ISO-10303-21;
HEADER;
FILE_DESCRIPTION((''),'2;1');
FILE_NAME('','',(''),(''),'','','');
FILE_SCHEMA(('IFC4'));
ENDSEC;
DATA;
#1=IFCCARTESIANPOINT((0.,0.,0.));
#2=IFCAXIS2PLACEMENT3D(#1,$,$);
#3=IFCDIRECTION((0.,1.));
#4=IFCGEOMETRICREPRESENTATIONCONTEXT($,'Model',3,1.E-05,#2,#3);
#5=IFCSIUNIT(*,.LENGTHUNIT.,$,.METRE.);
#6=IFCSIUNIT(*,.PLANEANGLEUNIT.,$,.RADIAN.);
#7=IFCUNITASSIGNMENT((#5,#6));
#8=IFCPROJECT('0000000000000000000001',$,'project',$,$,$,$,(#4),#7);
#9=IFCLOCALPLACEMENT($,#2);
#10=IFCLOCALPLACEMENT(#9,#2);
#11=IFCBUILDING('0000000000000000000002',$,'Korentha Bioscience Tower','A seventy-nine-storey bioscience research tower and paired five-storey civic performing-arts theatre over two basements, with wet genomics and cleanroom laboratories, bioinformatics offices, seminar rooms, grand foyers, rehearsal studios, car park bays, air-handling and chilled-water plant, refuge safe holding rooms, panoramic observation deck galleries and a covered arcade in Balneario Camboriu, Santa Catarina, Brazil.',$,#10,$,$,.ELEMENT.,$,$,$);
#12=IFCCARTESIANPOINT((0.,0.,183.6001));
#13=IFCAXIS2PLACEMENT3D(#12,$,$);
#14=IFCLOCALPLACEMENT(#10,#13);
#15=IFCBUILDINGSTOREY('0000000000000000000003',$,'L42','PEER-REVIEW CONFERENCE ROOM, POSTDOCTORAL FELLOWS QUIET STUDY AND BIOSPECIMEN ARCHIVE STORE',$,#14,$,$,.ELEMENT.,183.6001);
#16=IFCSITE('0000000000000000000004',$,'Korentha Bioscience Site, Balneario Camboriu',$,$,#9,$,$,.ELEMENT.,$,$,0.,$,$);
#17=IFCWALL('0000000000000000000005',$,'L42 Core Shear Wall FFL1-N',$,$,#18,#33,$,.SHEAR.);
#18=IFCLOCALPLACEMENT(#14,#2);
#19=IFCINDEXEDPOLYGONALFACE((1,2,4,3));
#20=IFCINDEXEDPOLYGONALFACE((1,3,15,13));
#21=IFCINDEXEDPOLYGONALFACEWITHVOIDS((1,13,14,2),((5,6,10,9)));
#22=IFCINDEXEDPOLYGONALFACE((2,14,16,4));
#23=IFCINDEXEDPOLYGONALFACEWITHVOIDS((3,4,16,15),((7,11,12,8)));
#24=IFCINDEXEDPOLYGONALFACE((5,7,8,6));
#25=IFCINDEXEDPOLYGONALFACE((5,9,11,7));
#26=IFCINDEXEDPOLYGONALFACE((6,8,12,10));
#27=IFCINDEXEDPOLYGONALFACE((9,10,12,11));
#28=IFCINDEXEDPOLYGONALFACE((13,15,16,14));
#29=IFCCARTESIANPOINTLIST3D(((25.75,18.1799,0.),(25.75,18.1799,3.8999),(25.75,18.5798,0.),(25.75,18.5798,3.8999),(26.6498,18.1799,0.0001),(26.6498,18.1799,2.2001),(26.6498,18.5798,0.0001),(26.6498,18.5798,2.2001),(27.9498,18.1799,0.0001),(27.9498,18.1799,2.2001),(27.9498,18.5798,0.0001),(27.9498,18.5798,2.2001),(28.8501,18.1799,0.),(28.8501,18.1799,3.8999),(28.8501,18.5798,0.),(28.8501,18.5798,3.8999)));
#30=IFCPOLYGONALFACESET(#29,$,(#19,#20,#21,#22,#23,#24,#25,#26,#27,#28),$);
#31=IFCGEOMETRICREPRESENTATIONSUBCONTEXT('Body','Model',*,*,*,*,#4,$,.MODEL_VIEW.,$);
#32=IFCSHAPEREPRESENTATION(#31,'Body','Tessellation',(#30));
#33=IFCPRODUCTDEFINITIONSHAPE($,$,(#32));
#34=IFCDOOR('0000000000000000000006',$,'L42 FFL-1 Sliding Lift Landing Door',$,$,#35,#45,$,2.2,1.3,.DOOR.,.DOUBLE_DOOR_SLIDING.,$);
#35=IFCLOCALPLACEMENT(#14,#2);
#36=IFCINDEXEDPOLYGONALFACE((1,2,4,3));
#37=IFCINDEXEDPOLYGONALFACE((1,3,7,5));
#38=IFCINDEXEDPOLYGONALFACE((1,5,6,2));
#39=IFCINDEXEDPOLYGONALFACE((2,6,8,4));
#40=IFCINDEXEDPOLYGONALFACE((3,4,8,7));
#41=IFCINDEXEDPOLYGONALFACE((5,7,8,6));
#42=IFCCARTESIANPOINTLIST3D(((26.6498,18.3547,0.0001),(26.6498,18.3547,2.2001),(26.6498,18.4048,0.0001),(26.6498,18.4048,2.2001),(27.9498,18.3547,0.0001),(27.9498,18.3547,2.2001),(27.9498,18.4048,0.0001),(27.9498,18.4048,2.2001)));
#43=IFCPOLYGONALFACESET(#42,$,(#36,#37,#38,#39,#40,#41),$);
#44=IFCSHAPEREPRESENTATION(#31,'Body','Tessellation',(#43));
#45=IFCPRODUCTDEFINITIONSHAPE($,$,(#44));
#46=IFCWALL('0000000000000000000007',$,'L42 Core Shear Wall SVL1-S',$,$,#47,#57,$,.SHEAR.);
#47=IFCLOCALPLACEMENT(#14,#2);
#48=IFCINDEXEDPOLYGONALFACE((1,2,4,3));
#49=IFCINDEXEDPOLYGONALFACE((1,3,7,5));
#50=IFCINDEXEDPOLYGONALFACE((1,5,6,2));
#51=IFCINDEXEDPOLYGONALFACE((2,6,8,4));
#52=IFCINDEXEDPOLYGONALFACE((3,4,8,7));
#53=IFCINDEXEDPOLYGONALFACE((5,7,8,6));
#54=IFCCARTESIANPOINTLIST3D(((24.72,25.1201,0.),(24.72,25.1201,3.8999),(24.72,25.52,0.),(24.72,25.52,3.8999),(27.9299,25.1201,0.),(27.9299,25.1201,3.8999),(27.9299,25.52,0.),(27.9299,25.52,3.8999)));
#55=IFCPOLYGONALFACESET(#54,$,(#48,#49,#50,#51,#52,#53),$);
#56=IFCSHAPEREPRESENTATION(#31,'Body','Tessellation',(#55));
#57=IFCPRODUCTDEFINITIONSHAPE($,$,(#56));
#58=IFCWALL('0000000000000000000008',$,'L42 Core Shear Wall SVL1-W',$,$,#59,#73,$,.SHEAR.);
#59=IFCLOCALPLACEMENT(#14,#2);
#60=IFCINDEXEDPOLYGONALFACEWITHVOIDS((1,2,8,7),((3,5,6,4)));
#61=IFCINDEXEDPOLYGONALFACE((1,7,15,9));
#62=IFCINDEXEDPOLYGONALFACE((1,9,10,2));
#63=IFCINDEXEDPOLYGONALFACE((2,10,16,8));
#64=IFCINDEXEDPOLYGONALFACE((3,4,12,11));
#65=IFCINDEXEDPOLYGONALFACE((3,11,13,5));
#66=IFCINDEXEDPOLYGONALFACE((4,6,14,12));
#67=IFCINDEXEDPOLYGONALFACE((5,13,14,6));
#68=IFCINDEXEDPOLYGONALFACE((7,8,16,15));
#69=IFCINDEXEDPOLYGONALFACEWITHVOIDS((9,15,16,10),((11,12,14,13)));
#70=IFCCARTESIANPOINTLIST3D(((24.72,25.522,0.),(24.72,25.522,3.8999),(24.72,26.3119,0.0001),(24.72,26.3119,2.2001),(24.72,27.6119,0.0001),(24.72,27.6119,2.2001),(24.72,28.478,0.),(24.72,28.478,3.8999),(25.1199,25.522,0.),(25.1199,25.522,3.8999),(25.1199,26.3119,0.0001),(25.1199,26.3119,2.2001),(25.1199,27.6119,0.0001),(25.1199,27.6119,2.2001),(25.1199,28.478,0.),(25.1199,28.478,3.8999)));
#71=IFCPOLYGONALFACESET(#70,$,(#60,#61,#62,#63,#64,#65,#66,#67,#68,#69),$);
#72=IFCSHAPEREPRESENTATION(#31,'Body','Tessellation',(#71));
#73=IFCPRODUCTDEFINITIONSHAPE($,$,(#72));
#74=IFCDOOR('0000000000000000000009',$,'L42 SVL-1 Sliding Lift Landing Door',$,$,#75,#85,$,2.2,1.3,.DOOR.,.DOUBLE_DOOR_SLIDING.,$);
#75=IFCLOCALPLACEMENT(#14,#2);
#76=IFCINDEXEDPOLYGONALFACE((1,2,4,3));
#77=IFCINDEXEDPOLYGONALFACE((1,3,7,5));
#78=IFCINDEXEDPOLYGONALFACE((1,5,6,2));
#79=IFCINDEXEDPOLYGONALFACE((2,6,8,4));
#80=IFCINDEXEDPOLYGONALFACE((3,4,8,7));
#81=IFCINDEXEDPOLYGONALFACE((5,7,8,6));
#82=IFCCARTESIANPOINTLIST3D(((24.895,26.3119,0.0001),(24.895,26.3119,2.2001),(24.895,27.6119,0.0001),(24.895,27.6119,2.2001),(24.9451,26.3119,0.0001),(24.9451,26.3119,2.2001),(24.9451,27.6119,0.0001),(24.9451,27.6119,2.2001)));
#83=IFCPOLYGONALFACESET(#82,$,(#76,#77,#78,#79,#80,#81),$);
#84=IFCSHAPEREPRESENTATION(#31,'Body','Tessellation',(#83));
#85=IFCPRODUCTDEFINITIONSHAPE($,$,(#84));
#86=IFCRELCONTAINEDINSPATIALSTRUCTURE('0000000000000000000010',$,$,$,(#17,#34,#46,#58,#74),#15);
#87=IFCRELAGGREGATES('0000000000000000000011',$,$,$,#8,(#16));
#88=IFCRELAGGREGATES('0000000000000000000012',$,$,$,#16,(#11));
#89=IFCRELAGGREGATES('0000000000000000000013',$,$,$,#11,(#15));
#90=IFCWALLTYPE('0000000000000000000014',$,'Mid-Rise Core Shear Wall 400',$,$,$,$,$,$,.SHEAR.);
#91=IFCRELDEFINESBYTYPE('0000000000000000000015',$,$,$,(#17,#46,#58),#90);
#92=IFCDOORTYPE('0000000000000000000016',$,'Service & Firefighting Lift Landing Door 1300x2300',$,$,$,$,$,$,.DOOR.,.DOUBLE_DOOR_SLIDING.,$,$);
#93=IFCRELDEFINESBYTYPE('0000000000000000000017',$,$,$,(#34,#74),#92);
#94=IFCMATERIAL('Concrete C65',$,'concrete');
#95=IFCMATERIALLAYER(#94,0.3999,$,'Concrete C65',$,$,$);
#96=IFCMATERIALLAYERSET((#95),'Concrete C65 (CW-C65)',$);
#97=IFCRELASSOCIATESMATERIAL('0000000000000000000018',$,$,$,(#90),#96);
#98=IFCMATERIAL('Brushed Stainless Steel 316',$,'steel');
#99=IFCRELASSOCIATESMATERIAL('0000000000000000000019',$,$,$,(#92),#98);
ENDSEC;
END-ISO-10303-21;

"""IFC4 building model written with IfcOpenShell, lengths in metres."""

from ifc_helpers import new_model, si_unit, direction, frame, frame_2d, origin, place, context, subcontext, project, spatial, rectangle, extrude, material, layer, layer_set, type_object, element, fill, save


model = new_model("IFC4")

# Units and contexts
model_context = context("Model", 3, precision=1e-05, world=origin(), true_north=direction((0.0, 1.0)))
body_context = subcontext(model_context, "Body", "Model", "MODEL_VIEW")
ifc_project = project(units=[si_unit("LENGTHUNIT", "METRE"), si_unit("PLANEANGLEUNIT", "RADIAN")], contexts=[model_context])

# Site, building, storey
site_placement = place(None, origin())
site = spatial("IfcSite", under=ifc_project, at=site_placement, Name="Korentha Bioscience Site, Balneario Camboriu", CompositionType="ELEMENT", RefElevation=0.0)
building_placement = place(site_placement, origin())
building = spatial("IfcBuilding", under=site, at=building_placement, Name="Korentha Bioscience Tower", Description="A seventy-nine-storey bioscience research tower and paired five-storey civic performing-arts theatre over two basements, with wet genomics and cleanroom laboratories, bioinformatics offices, seminar rooms, grand foyers, rehearsal studios, car park bays, air-handling and chilled-water plant, refuge safe holding rooms, panoramic observation deck galleries and a covered arcade in Balneario Camboriu, Santa Catarina, Brazil.", CompositionType="ELEMENT")
storey_placement = place(building_placement, frame((0.0, 0.0, 183.6001)))
storey = spatial("IfcBuildingStorey", under=building, at=storey_placement, Name="L42", Description="PEER-REVIEW CONFERENCE ROOM, POSTDOCTORAL FELLOWS QUIET STUDY AND BIOSPECIMEN ARCHIVE STORE", CompositionType="ELEMENT", Elevation=183.6001)

# Shared definitions
ifc_material_1 = material(Name="Concrete C65", Category="concrete")

# Shared definitions
ifc_layer_1 = layer(ifc_material_1, 0.3999, Name="Concrete C65")
ifc_layer_set_1 = layer_set([ifc_layer_1], Name="Concrete C65 (CW-C65)")
wall_type_1 = type_object("IfcWallType", Name="Mid-Rise Core Shear Wall 400", PredefinedType="SHEAR", material=ifc_layer_set_1)

# Wall, opening, door
wall_1_placement = place(storey_placement, frame((25.75, 18.3799, 0.0), z_axis=(0.0, 0.0, 1.0), x_axis=(1.0, 0.0, 0.0)))
wall_1 = element("IfcWall", 1, at=wall_1_placement, inside=storey, type_object=wall_type_1, Name="L42 Core Shear Wall FFL1-N", PredefinedType="SHEAR", context=body_context, shape_type="SweptSolid", body=[
    extrude(rectangle(XDim=3.1001, YDim=0.3999, at=frame_2d((1.55, 0.0))), origin(), (0.0, 0.0, 1.0), 3.8999),
])
opening_1_placement = place(wall_1_placement, frame((0.8999, 0.0, 0.0)))
opening_1 = element("IfcOpeningElement", 2, at=opening_1_placement, cuts=wall_1, PredefinedType="OPENING", context=body_context, shape_type="SweptSolid", body=[
    extrude(rectangle(XDim=1.3, YDim=2.2, at=frame_2d((0.6499, 1.1001))), frame((0.0, 0.2148, 0.0), z_axis=(0.0, -1.0, 0.0), x_axis=(1.0, 0.0, 0.0)), (0.0, 0.0, 1.0), 0.4297),
])
ifc_material_2 = material(Name="Brushed Stainless Steel 316", Category="steel")
door_type_1 = type_object("IfcDoorType", Name="Service & Firefighting Lift Landing Door 1300x2300", OperationType="DOUBLE_DOOR_SLIDING", PredefinedType="DOOR", material=ifc_material_2)
door_1_placement = place(opening_1_placement, origin())
door_1 = element("IfcDoor", 3, at=door_1_placement, inside=storey, type_object=door_type_1, Name="L42 FFL-1 Sliding Lift Landing Door", OperationType="DOUBLE_DOOR_SLIDING", OverallHeight=2.2, OverallWidth=1.3, PredefinedType="DOOR", context=body_context, shape_type="SweptSolid", body=[
    extrude(rectangle(XDim=1.3, YDim=2.2, at=frame_2d((0.6499, 1.1001))), frame((0.0, 0.0249, 0.0), z_axis=(0.0, -1.0, 0.0), x_axis=(1.0, 0.0, 0.0)), (0.0, 0.0, 1.0), 0.05),
])
fill(opening_1, door_1)

# Wall
wall_2_placement = place(storey_placement, frame((24.72, 25.3201, 0.0), z_axis=(0.0, 0.0, 1.0), x_axis=(1.0, 0.0, 0.0)))
element("IfcWall", 4, at=wall_2_placement, inside=storey, type_object=wall_type_1, Name="L42 Core Shear Wall SVL1-S", PredefinedType="SHEAR", context=body_context, shape_type="SweptSolid", body=[
    extrude(rectangle(XDim=3.21, YDim=0.3999, at=frame_2d((1.605, 0.0))), origin(), (0.0, 0.0, 1.0), 3.8999),
])

# Wall, opening, door
wall_3_placement = place(storey_placement, frame((24.9199, 25.522, 0.0), z_axis=(0.0, 0.0, 1.0), x_axis=(0.0, 1.0, 0.0)))
wall_3 = element("IfcWall", 5, at=wall_3_placement, inside=storey, type_object=wall_type_1, Name="L42 Core Shear Wall SVL1-W", PredefinedType="SHEAR", context=body_context, shape_type="SweptSolid", body=[
    extrude(rectangle(XDim=2.9561, YDim=0.3999, at=frame_2d((1.478, 0.0))), origin(), (0.0, 0.0, 1.0), 3.8999),
])
opening_2_placement = place(wall_3_placement, frame((0.79, 0.0, 0.0)))
opening_2 = element("IfcOpeningElement", 6, at=opening_2_placement, cuts=wall_3, PredefinedType="OPENING", context=body_context, shape_type="SweptSolid", body=[
    extrude(rectangle(XDim=1.3, YDim=2.2, at=frame_2d((0.6499, 1.1001))), frame((0.0, 0.2148, 0.0), z_axis=(0.0, -1.0, 0.0), x_axis=(1.0, 0.0, 0.0)), (0.0, 0.0, 1.0), 0.4297),
])
door_2_placement = place(opening_2_placement, origin())
door_2 = element("IfcDoor", 7, at=door_2_placement, inside=storey, type_object=door_type_1, Name="L42 SVL-1 Sliding Lift Landing Door", OperationType="DOUBLE_DOOR_SLIDING", OverallHeight=2.2, OverallWidth=1.3, PredefinedType="DOOR", context=body_context, shape_type="SweptSolid", body=[
    extrude(rectangle(XDim=1.3, YDim=2.2, at=frame_2d((0.6499, 1.1001))), frame((0.0, 0.0249, 0.0), z_axis=(0.0, -1.0, 0.0), x_axis=(1.0, 0.0, 0.0)), (0.0, 0.0, 1.0), 0.05),
])
fill(opening_2, door_2)

save(model, "model.ifc")
